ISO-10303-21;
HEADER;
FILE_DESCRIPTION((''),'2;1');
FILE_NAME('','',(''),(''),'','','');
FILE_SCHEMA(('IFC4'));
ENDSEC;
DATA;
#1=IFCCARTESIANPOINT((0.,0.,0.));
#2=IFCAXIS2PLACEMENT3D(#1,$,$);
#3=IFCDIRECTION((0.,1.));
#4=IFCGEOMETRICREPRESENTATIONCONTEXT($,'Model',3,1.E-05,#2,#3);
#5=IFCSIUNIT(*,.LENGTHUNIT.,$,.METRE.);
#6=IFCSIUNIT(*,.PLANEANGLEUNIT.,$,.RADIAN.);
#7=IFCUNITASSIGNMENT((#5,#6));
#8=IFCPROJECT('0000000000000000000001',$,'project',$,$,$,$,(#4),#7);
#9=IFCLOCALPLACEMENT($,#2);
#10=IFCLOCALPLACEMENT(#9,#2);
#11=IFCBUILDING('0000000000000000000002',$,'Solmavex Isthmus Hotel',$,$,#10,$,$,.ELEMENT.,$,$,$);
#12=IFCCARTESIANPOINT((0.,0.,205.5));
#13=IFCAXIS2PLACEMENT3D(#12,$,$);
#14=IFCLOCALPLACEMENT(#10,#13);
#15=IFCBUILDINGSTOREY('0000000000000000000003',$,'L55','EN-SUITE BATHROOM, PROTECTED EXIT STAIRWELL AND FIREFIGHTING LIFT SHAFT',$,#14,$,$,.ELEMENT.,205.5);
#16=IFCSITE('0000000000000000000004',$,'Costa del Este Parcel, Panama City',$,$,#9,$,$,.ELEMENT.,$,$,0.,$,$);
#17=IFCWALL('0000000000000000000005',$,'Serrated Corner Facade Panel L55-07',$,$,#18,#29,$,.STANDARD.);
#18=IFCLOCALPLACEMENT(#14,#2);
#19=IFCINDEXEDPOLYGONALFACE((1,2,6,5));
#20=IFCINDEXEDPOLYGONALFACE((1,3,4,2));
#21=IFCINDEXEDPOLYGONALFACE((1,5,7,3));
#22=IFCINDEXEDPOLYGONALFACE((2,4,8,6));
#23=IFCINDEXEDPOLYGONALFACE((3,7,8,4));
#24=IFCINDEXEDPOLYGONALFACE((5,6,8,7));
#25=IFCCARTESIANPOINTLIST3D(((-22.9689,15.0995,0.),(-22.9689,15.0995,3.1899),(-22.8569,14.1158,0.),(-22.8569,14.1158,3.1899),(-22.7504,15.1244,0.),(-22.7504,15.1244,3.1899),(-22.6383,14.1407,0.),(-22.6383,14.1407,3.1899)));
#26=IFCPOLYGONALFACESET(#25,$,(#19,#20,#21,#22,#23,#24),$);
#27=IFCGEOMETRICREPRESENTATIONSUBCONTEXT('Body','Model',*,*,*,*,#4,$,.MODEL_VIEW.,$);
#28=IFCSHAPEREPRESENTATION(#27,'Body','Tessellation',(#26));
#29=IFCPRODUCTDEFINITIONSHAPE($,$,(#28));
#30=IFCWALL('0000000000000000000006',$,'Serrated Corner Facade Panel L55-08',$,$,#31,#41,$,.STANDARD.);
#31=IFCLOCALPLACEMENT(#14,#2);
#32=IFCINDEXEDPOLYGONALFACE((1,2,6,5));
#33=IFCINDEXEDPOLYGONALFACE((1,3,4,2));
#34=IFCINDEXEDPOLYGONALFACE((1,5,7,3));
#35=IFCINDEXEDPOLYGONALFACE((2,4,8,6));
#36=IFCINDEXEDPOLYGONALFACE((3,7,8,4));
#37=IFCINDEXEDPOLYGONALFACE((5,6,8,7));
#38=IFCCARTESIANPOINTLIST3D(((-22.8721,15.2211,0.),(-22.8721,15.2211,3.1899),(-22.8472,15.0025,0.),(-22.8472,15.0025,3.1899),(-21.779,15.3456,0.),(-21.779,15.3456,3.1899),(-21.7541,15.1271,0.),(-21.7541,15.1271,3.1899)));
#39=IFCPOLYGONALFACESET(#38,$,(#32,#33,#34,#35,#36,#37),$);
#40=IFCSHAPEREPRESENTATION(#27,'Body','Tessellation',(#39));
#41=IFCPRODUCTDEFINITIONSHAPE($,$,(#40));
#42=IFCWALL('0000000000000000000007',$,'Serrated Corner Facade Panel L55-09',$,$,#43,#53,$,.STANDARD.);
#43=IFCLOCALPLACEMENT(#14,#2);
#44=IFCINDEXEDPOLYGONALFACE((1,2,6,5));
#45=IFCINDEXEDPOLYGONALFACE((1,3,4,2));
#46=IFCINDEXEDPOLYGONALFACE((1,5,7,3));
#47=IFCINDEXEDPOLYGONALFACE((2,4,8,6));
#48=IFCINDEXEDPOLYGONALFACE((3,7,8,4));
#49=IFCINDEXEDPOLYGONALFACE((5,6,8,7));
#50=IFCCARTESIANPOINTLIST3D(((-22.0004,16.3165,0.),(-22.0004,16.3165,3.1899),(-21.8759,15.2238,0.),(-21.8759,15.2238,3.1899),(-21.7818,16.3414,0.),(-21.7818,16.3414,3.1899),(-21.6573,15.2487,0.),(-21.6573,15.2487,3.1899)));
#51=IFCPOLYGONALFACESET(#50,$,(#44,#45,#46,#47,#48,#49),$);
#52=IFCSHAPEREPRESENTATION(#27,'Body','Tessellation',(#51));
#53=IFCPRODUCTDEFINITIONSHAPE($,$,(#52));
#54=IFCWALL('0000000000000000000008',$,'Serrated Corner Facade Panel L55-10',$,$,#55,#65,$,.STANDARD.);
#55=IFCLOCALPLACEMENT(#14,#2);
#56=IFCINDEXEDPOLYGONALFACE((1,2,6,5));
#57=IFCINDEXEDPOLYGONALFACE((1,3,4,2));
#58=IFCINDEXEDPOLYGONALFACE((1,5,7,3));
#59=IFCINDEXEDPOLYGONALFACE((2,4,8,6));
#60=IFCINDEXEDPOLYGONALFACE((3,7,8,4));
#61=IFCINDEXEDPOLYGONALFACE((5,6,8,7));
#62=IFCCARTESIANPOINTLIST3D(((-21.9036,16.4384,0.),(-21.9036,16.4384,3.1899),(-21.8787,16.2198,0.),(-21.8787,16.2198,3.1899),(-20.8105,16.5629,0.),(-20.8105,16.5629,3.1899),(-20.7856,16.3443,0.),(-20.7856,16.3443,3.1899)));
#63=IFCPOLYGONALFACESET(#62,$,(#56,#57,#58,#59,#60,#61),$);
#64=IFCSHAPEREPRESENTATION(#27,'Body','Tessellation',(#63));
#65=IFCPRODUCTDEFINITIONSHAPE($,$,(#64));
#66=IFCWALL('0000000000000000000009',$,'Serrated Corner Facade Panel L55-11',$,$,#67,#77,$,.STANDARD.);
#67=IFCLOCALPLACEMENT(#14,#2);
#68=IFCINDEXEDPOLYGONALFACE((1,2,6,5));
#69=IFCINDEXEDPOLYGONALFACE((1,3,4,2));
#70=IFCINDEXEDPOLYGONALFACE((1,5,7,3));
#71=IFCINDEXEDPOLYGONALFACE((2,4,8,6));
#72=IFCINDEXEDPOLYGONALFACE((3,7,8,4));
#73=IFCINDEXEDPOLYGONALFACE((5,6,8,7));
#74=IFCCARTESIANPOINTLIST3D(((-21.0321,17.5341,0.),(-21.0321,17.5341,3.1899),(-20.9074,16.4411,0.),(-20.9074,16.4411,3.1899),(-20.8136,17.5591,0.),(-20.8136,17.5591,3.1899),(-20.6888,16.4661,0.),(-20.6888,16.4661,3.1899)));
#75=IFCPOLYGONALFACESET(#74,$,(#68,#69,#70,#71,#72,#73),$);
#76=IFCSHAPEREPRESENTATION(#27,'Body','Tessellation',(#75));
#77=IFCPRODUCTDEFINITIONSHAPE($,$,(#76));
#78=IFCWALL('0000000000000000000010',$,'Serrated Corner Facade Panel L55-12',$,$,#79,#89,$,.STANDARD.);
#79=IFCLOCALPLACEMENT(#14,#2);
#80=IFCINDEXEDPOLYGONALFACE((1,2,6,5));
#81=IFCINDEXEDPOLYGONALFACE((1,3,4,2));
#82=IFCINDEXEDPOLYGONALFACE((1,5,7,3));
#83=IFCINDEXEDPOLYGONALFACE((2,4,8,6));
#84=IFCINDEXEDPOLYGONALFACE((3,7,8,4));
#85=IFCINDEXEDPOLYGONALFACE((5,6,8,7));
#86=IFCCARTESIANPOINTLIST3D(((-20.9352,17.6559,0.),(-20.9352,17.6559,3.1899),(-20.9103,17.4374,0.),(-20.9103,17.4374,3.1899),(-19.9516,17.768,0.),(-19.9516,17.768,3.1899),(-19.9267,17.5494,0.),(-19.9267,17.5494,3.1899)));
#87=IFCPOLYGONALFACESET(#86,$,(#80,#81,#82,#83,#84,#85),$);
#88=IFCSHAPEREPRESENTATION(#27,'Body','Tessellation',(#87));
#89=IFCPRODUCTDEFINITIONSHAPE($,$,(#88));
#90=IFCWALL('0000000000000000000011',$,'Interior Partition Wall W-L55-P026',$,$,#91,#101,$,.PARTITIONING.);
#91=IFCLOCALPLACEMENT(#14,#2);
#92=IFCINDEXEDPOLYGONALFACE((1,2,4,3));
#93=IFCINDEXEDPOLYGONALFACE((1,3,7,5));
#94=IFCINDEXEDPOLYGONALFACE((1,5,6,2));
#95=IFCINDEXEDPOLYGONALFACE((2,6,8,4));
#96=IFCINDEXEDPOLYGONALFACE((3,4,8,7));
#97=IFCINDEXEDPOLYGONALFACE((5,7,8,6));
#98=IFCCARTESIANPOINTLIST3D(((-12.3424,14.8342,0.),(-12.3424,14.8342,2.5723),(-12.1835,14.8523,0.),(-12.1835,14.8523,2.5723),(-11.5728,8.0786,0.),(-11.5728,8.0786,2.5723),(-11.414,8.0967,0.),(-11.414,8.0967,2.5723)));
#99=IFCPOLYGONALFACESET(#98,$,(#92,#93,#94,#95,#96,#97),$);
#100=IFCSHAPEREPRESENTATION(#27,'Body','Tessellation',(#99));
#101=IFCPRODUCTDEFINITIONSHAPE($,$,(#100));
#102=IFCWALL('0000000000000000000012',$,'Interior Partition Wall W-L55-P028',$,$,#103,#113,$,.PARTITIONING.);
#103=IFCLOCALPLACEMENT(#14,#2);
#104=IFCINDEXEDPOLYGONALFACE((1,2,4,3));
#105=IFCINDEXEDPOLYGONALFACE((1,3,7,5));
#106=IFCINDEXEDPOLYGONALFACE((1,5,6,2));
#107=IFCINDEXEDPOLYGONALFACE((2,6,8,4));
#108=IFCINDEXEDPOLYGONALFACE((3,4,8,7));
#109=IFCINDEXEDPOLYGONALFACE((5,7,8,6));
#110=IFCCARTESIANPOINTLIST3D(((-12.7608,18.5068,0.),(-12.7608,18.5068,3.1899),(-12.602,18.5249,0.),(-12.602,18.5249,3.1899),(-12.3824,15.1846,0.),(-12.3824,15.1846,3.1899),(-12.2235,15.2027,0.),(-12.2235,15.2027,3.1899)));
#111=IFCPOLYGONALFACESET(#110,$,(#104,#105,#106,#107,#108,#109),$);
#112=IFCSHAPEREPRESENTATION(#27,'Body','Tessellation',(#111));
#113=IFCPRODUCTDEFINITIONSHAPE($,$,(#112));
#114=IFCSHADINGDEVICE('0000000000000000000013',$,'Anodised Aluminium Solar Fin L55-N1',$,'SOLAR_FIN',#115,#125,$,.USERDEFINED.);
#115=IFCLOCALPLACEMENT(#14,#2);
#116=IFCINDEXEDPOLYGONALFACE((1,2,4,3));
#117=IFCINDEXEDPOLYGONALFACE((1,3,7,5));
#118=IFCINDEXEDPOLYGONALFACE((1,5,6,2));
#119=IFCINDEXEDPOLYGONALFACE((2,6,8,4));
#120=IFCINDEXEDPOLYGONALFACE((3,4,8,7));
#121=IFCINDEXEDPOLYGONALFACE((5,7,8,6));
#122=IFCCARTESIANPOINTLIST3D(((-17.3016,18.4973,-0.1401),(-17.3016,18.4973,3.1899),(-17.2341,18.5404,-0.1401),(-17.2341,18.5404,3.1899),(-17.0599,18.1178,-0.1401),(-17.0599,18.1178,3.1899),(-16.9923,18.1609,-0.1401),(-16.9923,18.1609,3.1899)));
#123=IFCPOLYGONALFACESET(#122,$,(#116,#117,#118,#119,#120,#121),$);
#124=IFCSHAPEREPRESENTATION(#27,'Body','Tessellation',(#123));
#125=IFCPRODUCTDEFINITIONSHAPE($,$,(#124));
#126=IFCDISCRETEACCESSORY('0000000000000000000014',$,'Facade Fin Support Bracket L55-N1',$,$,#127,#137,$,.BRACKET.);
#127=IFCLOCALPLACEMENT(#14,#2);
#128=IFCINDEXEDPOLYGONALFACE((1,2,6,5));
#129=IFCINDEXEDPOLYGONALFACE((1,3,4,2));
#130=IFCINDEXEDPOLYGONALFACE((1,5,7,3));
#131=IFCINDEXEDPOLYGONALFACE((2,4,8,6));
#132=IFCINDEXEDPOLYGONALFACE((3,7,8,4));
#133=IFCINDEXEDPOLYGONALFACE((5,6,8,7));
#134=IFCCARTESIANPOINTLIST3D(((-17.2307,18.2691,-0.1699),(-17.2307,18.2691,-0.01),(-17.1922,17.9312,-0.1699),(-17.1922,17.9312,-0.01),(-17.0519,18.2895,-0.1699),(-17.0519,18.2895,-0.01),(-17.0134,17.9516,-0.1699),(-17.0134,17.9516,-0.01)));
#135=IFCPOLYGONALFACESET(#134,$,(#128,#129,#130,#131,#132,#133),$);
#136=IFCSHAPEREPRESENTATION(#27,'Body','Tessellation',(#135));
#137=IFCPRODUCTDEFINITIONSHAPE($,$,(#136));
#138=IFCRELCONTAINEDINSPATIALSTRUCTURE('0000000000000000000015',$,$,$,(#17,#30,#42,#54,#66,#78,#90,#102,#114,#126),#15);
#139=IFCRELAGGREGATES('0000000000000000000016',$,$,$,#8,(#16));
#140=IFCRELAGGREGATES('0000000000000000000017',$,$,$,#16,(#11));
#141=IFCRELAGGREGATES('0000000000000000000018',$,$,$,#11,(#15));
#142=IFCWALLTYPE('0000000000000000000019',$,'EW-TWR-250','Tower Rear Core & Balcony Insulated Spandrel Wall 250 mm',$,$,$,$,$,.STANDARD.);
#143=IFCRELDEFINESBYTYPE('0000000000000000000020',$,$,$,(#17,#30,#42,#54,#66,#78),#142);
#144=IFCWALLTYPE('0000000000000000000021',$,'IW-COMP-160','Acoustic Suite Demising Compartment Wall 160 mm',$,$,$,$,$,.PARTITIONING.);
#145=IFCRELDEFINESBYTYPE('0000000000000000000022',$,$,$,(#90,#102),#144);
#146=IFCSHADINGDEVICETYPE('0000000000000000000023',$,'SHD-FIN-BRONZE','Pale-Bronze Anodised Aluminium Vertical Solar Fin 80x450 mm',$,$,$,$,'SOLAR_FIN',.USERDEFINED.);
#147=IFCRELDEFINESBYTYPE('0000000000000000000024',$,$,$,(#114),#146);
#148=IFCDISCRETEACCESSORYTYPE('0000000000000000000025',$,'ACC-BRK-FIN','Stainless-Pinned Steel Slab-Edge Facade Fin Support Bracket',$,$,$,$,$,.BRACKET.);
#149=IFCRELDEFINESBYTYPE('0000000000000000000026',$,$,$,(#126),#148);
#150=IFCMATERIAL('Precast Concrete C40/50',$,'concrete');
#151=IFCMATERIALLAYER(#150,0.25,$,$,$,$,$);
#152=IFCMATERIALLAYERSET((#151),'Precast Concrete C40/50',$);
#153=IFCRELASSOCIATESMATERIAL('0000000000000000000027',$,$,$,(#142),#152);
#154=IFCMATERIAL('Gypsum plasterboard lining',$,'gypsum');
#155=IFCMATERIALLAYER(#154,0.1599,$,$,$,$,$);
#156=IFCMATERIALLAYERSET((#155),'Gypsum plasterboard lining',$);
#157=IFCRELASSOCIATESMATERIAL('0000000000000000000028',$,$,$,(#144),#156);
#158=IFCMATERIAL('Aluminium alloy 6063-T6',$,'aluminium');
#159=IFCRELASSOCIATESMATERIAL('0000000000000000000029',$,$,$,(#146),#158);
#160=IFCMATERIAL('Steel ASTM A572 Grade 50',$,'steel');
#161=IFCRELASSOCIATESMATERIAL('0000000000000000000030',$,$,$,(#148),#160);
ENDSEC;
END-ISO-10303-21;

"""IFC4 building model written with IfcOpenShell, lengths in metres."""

from ifc_helpers import new_model, si_unit, direction, frame, frame_2d, origin, origin_2d, place, context, subcontext, project, spatial, rectangle, extrude, material, layer, layer_set, type_object, element, save


model = new_model("IFC4")

# Units and contexts
model_context = context("Model", 3, precision=1e-05, world=origin(), true_north=direction((0.0, 1.0)))
body_context = subcontext(model_context, "Body", "Model", "MODEL_VIEW")
ifc_project = project(units=[si_unit("LENGTHUNIT", "METRE"), si_unit("PLANEANGLEUNIT", "RADIAN")], contexts=[model_context])

# Site, building, storey
site_placement = place(None, origin())
site = spatial("IfcSite", under=ifc_project, at=site_placement, Name="Costa del Este Parcel, Panama City", CompositionType="ELEMENT", RefElevation=0.0)
building_placement = place(site_placement, origin())
building = spatial("IfcBuilding", under=site, at=building_placement, Name="Solmavex Isthmus Hotel", CompositionType="ELEMENT")
storey_placement = place(building_placement, frame((0.0, 0.0, 205.5)))
storey = spatial("IfcBuildingStorey", under=building, at=storey_placement, Name="L55", Description="EN-SUITE BATHROOM, PROTECTED EXIT STAIRWELL AND FIREFIGHTING LIFT SHAFT", CompositionType="ELEMENT", Elevation=205.5)

# Shared definitions
ifc_material_1 = material(Name="Aluminium alloy 6063-T6", Category="aluminium")

# Walls
ifc_material_2 = material(Name="Precast Concrete C40/50", Category="concrete")
ifc_layer_1 = layer(ifc_material_2, 0.25)
ifc_layer_set_1 = layer_set([ifc_layer_1], Name="Precast Concrete C40/50")
wall_type_1 = type_object("IfcWallType", Name="EW-TWR-250", Description="Tower Rear Core & Balcony Insulated Spandrel Wall 250 mm", PredefinedType="STANDARD", material=ifc_layer_set_1)
wall_1_placement = place(storey_placement, frame((-22.7476, 14.1282, 0.0), z_axis=(0.0, 0.0, 1.0), x_axis=(-0.113192, 0.993573, 0.0)))
element("IfcWall", 1, at=wall_1_placement, inside=storey, type_object=wall_type_1, Name="Serrated Corner Facade Panel L55-07", PredefinedType="STANDARD", context=body_context, shape_type="SweptSolid", body=[
    extrude(rectangle(XDim=0.99, YDim=0.22, at=frame_2d((0.4951, 0.0))), origin(), (0.0, 0.0, 1.0), 3.1899),
])
wall_2_placement = place(storey_placement, frame((-22.8596, 15.1118, 0.0), z_axis=(0.0, 0.0, 1.0), x_axis=(0.993574, 0.113184, 0.0)))
element("IfcWall", 2, at=wall_2_placement, inside=storey, type_object=wall_type_1, Name="Serrated Corner Facade Panel L55-08", PredefinedType="STANDARD", context=body_context, shape_type="SweptSolid", body=[
    extrude(rectangle(XDim=1.1001, YDim=0.22, at=frame_2d((0.55, 0.0))), origin(), (0.0, 0.0, 1.0), 3.1899),
])
wall_3_placement = place(storey_placement, frame((-21.7666, 15.2363, 0.0), z_axis=(0.0, 0.0, 1.0), x_axis=(-0.113209, 0.993571, 0.0)))
element("IfcWall", 3, at=wall_3_placement, inside=storey, type_object=wall_type_1, Name="Serrated Corner Facade Panel L55-09", PredefinedType="STANDARD", context=body_context, shape_type="SweptSolid", body=[
    extrude(rectangle(XDim=1.0999, YDim=0.22, at=frame_2d((0.5498, 0.0))), origin(), (0.0, 0.0, 1.0), 3.1899),
])
for number, where, z_axis, x_axis, name in (
    (4, (-21.8911, 16.3291, 0.0), (0.0, 0.0, 1.0), (0.993574, 0.113184, 0.0), "Serrated Corner Facade Panel L55-10"),
    (5, (-20.7981, 16.4536, 0.0), (0.0, 0.0, 1.0), (-0.113403, 0.993549, 0.0), "Serrated Corner Facade Panel L55-11"),
):
    element("IfcWall", number, at=place(storey_placement, frame(where, z_axis=z_axis, x_axis=x_axis)), inside=storey, type_object=wall_type_1, Name=name, PredefinedType="STANDARD", context=body_context, shape_type="SweptSolid", body=[
        extrude(rectangle(XDim=1.1001, YDim=0.22, at=frame_2d((0.55, 0.0))), origin(), (0.0, 0.0, 1.0), 3.1899),
    ])
wall_4_placement = place(storey_placement, frame((-20.9229, 17.5466, 0.0), z_axis=(0.0, 0.0, 1.0), x_axis=(0.993573, 0.113192, 0.0)))
element("IfcWall", 6, at=wall_4_placement, inside=storey, type_object=wall_type_1, Name="Serrated Corner Facade Panel L55-12", PredefinedType="STANDARD", context=body_context, shape_type="SweptSolid", body=[
    extrude(rectangle(XDim=0.99, YDim=0.22, at=frame_2d((0.4951, 0.0))), origin(), (0.0, 0.0, 1.0), 3.1899),
])
ifc_material_3 = material(Name="Gypsum plasterboard lining", Category="gypsum")
ifc_layer_2 = layer(ifc_material_3, 0.1599)
ifc_layer_set_2 = layer_set([ifc_layer_2], Name="Gypsum plasterboard lining")
wall_type_2 = type_object("IfcWallType", Name="IW-COMP-160", Description="Acoustic Suite Demising Compartment Wall 160 mm", PredefinedType="PARTITIONING", material=ifc_layer_set_2)
wall_5_placement = place(storey_placement, frame((-12.2629, 14.8433, 0.0), z_axis=(0.0, 0.0, 1.0), x_axis=(0.113178, -0.993575, 0.0)))
element("IfcWall", 7, at=wall_5_placement, inside=storey, type_object=wall_type_2, Name="Interior Partition Wall W-L55-P026", PredefinedType="PARTITIONING", context=body_context, shape_type="SweptSolid", body=[
    extrude(rectangle(XDim=6.7993, YDim=0.1599, at=frame_2d((3.3997, 0.0))), origin(), (0.0, 0.0, 1.0), 2.5723),
])
wall_6_placement = place(storey_placement, frame((-12.6814, 18.5159, 0.0), z_axis=(0.0, 0.0, 1.0), x_axis=(0.113172, -0.993575, 0.0)))
element("IfcWall", 8, at=wall_6_placement, inside=storey, type_object=wall_type_2, Name="Interior Partition Wall W-L55-P028", PredefinedType="PARTITIONING", context=body_context, shape_type="SweptSolid", body=[
    extrude(rectangle(XDim=3.3438, YDim=0.1599, at=frame_2d((1.6719, 0.0))), origin(), (0.0, 0.0, 1.0), 3.1899),
])

# Shading device
shading_device_type = type_object("IfcShadingDeviceType", Name="SHD-FIN-BRONZE", Description="Pale-Bronze Anodised Aluminium Vertical Solar Fin 80x450 mm", ElementType="SOLAR_FIN", PredefinedType="USERDEFINED", material=ifc_material_1)
shading_device_placement = place(storey_placement, frame((-17.147, 18.3291, -0.1401), z_axis=(0.0, 0.0, 1.0), x_axis=(-0.5373, 0.843391, 0.0)))
element("IfcShadingDevice", 9, at=shading_device_placement, inside=storey, type_object=shading_device_type, Name="Anodised Aluminium Solar Fin L55-N1", ObjectType="SOLAR_FIN", PredefinedType="USERDEFINED", context=body_context, shape_type="SweptSolid", body=[
    extrude(rectangle(XDim=0.45, YDim=0.0801, at=origin_2d()), origin(), (0.0, 0.0, 1.0), 3.3301),
])

# Discrete accessory
ifc_material_4 = material(Name="Steel ASTM A572 Grade 50", Category="steel")
discrete_accessory_type = type_object("IfcDiscreteAccessoryType", Name="ACC-BRK-FIN", Description="Stainless-Pinned Steel Slab-Edge Facade Fin Support Bracket", PredefinedType="BRACKET", material=ifc_material_4)
discrete_accessory_placement = place(storey_placement, frame((-17.1221, 18.1104, -0.1699), z_axis=(0.0, 0.0, 1.0), x_axis=(-0.113203, 0.993572, 0.0)))
element("IfcDiscreteAccessory", 10, at=discrete_accessory_placement, inside=storey, type_object=discrete_accessory_type, Name="Facade Fin Support Bracket L55-N1", PredefinedType="BRACKET", context=body_context, shape_type="SweptSolid", body=[
    extrude(rectangle(XDim=0.3401, YDim=0.1799, at=origin_2d()), origin(), (0.0, 0.0, 1.0), 0.1599),
])

save(model, "model.ifc")
